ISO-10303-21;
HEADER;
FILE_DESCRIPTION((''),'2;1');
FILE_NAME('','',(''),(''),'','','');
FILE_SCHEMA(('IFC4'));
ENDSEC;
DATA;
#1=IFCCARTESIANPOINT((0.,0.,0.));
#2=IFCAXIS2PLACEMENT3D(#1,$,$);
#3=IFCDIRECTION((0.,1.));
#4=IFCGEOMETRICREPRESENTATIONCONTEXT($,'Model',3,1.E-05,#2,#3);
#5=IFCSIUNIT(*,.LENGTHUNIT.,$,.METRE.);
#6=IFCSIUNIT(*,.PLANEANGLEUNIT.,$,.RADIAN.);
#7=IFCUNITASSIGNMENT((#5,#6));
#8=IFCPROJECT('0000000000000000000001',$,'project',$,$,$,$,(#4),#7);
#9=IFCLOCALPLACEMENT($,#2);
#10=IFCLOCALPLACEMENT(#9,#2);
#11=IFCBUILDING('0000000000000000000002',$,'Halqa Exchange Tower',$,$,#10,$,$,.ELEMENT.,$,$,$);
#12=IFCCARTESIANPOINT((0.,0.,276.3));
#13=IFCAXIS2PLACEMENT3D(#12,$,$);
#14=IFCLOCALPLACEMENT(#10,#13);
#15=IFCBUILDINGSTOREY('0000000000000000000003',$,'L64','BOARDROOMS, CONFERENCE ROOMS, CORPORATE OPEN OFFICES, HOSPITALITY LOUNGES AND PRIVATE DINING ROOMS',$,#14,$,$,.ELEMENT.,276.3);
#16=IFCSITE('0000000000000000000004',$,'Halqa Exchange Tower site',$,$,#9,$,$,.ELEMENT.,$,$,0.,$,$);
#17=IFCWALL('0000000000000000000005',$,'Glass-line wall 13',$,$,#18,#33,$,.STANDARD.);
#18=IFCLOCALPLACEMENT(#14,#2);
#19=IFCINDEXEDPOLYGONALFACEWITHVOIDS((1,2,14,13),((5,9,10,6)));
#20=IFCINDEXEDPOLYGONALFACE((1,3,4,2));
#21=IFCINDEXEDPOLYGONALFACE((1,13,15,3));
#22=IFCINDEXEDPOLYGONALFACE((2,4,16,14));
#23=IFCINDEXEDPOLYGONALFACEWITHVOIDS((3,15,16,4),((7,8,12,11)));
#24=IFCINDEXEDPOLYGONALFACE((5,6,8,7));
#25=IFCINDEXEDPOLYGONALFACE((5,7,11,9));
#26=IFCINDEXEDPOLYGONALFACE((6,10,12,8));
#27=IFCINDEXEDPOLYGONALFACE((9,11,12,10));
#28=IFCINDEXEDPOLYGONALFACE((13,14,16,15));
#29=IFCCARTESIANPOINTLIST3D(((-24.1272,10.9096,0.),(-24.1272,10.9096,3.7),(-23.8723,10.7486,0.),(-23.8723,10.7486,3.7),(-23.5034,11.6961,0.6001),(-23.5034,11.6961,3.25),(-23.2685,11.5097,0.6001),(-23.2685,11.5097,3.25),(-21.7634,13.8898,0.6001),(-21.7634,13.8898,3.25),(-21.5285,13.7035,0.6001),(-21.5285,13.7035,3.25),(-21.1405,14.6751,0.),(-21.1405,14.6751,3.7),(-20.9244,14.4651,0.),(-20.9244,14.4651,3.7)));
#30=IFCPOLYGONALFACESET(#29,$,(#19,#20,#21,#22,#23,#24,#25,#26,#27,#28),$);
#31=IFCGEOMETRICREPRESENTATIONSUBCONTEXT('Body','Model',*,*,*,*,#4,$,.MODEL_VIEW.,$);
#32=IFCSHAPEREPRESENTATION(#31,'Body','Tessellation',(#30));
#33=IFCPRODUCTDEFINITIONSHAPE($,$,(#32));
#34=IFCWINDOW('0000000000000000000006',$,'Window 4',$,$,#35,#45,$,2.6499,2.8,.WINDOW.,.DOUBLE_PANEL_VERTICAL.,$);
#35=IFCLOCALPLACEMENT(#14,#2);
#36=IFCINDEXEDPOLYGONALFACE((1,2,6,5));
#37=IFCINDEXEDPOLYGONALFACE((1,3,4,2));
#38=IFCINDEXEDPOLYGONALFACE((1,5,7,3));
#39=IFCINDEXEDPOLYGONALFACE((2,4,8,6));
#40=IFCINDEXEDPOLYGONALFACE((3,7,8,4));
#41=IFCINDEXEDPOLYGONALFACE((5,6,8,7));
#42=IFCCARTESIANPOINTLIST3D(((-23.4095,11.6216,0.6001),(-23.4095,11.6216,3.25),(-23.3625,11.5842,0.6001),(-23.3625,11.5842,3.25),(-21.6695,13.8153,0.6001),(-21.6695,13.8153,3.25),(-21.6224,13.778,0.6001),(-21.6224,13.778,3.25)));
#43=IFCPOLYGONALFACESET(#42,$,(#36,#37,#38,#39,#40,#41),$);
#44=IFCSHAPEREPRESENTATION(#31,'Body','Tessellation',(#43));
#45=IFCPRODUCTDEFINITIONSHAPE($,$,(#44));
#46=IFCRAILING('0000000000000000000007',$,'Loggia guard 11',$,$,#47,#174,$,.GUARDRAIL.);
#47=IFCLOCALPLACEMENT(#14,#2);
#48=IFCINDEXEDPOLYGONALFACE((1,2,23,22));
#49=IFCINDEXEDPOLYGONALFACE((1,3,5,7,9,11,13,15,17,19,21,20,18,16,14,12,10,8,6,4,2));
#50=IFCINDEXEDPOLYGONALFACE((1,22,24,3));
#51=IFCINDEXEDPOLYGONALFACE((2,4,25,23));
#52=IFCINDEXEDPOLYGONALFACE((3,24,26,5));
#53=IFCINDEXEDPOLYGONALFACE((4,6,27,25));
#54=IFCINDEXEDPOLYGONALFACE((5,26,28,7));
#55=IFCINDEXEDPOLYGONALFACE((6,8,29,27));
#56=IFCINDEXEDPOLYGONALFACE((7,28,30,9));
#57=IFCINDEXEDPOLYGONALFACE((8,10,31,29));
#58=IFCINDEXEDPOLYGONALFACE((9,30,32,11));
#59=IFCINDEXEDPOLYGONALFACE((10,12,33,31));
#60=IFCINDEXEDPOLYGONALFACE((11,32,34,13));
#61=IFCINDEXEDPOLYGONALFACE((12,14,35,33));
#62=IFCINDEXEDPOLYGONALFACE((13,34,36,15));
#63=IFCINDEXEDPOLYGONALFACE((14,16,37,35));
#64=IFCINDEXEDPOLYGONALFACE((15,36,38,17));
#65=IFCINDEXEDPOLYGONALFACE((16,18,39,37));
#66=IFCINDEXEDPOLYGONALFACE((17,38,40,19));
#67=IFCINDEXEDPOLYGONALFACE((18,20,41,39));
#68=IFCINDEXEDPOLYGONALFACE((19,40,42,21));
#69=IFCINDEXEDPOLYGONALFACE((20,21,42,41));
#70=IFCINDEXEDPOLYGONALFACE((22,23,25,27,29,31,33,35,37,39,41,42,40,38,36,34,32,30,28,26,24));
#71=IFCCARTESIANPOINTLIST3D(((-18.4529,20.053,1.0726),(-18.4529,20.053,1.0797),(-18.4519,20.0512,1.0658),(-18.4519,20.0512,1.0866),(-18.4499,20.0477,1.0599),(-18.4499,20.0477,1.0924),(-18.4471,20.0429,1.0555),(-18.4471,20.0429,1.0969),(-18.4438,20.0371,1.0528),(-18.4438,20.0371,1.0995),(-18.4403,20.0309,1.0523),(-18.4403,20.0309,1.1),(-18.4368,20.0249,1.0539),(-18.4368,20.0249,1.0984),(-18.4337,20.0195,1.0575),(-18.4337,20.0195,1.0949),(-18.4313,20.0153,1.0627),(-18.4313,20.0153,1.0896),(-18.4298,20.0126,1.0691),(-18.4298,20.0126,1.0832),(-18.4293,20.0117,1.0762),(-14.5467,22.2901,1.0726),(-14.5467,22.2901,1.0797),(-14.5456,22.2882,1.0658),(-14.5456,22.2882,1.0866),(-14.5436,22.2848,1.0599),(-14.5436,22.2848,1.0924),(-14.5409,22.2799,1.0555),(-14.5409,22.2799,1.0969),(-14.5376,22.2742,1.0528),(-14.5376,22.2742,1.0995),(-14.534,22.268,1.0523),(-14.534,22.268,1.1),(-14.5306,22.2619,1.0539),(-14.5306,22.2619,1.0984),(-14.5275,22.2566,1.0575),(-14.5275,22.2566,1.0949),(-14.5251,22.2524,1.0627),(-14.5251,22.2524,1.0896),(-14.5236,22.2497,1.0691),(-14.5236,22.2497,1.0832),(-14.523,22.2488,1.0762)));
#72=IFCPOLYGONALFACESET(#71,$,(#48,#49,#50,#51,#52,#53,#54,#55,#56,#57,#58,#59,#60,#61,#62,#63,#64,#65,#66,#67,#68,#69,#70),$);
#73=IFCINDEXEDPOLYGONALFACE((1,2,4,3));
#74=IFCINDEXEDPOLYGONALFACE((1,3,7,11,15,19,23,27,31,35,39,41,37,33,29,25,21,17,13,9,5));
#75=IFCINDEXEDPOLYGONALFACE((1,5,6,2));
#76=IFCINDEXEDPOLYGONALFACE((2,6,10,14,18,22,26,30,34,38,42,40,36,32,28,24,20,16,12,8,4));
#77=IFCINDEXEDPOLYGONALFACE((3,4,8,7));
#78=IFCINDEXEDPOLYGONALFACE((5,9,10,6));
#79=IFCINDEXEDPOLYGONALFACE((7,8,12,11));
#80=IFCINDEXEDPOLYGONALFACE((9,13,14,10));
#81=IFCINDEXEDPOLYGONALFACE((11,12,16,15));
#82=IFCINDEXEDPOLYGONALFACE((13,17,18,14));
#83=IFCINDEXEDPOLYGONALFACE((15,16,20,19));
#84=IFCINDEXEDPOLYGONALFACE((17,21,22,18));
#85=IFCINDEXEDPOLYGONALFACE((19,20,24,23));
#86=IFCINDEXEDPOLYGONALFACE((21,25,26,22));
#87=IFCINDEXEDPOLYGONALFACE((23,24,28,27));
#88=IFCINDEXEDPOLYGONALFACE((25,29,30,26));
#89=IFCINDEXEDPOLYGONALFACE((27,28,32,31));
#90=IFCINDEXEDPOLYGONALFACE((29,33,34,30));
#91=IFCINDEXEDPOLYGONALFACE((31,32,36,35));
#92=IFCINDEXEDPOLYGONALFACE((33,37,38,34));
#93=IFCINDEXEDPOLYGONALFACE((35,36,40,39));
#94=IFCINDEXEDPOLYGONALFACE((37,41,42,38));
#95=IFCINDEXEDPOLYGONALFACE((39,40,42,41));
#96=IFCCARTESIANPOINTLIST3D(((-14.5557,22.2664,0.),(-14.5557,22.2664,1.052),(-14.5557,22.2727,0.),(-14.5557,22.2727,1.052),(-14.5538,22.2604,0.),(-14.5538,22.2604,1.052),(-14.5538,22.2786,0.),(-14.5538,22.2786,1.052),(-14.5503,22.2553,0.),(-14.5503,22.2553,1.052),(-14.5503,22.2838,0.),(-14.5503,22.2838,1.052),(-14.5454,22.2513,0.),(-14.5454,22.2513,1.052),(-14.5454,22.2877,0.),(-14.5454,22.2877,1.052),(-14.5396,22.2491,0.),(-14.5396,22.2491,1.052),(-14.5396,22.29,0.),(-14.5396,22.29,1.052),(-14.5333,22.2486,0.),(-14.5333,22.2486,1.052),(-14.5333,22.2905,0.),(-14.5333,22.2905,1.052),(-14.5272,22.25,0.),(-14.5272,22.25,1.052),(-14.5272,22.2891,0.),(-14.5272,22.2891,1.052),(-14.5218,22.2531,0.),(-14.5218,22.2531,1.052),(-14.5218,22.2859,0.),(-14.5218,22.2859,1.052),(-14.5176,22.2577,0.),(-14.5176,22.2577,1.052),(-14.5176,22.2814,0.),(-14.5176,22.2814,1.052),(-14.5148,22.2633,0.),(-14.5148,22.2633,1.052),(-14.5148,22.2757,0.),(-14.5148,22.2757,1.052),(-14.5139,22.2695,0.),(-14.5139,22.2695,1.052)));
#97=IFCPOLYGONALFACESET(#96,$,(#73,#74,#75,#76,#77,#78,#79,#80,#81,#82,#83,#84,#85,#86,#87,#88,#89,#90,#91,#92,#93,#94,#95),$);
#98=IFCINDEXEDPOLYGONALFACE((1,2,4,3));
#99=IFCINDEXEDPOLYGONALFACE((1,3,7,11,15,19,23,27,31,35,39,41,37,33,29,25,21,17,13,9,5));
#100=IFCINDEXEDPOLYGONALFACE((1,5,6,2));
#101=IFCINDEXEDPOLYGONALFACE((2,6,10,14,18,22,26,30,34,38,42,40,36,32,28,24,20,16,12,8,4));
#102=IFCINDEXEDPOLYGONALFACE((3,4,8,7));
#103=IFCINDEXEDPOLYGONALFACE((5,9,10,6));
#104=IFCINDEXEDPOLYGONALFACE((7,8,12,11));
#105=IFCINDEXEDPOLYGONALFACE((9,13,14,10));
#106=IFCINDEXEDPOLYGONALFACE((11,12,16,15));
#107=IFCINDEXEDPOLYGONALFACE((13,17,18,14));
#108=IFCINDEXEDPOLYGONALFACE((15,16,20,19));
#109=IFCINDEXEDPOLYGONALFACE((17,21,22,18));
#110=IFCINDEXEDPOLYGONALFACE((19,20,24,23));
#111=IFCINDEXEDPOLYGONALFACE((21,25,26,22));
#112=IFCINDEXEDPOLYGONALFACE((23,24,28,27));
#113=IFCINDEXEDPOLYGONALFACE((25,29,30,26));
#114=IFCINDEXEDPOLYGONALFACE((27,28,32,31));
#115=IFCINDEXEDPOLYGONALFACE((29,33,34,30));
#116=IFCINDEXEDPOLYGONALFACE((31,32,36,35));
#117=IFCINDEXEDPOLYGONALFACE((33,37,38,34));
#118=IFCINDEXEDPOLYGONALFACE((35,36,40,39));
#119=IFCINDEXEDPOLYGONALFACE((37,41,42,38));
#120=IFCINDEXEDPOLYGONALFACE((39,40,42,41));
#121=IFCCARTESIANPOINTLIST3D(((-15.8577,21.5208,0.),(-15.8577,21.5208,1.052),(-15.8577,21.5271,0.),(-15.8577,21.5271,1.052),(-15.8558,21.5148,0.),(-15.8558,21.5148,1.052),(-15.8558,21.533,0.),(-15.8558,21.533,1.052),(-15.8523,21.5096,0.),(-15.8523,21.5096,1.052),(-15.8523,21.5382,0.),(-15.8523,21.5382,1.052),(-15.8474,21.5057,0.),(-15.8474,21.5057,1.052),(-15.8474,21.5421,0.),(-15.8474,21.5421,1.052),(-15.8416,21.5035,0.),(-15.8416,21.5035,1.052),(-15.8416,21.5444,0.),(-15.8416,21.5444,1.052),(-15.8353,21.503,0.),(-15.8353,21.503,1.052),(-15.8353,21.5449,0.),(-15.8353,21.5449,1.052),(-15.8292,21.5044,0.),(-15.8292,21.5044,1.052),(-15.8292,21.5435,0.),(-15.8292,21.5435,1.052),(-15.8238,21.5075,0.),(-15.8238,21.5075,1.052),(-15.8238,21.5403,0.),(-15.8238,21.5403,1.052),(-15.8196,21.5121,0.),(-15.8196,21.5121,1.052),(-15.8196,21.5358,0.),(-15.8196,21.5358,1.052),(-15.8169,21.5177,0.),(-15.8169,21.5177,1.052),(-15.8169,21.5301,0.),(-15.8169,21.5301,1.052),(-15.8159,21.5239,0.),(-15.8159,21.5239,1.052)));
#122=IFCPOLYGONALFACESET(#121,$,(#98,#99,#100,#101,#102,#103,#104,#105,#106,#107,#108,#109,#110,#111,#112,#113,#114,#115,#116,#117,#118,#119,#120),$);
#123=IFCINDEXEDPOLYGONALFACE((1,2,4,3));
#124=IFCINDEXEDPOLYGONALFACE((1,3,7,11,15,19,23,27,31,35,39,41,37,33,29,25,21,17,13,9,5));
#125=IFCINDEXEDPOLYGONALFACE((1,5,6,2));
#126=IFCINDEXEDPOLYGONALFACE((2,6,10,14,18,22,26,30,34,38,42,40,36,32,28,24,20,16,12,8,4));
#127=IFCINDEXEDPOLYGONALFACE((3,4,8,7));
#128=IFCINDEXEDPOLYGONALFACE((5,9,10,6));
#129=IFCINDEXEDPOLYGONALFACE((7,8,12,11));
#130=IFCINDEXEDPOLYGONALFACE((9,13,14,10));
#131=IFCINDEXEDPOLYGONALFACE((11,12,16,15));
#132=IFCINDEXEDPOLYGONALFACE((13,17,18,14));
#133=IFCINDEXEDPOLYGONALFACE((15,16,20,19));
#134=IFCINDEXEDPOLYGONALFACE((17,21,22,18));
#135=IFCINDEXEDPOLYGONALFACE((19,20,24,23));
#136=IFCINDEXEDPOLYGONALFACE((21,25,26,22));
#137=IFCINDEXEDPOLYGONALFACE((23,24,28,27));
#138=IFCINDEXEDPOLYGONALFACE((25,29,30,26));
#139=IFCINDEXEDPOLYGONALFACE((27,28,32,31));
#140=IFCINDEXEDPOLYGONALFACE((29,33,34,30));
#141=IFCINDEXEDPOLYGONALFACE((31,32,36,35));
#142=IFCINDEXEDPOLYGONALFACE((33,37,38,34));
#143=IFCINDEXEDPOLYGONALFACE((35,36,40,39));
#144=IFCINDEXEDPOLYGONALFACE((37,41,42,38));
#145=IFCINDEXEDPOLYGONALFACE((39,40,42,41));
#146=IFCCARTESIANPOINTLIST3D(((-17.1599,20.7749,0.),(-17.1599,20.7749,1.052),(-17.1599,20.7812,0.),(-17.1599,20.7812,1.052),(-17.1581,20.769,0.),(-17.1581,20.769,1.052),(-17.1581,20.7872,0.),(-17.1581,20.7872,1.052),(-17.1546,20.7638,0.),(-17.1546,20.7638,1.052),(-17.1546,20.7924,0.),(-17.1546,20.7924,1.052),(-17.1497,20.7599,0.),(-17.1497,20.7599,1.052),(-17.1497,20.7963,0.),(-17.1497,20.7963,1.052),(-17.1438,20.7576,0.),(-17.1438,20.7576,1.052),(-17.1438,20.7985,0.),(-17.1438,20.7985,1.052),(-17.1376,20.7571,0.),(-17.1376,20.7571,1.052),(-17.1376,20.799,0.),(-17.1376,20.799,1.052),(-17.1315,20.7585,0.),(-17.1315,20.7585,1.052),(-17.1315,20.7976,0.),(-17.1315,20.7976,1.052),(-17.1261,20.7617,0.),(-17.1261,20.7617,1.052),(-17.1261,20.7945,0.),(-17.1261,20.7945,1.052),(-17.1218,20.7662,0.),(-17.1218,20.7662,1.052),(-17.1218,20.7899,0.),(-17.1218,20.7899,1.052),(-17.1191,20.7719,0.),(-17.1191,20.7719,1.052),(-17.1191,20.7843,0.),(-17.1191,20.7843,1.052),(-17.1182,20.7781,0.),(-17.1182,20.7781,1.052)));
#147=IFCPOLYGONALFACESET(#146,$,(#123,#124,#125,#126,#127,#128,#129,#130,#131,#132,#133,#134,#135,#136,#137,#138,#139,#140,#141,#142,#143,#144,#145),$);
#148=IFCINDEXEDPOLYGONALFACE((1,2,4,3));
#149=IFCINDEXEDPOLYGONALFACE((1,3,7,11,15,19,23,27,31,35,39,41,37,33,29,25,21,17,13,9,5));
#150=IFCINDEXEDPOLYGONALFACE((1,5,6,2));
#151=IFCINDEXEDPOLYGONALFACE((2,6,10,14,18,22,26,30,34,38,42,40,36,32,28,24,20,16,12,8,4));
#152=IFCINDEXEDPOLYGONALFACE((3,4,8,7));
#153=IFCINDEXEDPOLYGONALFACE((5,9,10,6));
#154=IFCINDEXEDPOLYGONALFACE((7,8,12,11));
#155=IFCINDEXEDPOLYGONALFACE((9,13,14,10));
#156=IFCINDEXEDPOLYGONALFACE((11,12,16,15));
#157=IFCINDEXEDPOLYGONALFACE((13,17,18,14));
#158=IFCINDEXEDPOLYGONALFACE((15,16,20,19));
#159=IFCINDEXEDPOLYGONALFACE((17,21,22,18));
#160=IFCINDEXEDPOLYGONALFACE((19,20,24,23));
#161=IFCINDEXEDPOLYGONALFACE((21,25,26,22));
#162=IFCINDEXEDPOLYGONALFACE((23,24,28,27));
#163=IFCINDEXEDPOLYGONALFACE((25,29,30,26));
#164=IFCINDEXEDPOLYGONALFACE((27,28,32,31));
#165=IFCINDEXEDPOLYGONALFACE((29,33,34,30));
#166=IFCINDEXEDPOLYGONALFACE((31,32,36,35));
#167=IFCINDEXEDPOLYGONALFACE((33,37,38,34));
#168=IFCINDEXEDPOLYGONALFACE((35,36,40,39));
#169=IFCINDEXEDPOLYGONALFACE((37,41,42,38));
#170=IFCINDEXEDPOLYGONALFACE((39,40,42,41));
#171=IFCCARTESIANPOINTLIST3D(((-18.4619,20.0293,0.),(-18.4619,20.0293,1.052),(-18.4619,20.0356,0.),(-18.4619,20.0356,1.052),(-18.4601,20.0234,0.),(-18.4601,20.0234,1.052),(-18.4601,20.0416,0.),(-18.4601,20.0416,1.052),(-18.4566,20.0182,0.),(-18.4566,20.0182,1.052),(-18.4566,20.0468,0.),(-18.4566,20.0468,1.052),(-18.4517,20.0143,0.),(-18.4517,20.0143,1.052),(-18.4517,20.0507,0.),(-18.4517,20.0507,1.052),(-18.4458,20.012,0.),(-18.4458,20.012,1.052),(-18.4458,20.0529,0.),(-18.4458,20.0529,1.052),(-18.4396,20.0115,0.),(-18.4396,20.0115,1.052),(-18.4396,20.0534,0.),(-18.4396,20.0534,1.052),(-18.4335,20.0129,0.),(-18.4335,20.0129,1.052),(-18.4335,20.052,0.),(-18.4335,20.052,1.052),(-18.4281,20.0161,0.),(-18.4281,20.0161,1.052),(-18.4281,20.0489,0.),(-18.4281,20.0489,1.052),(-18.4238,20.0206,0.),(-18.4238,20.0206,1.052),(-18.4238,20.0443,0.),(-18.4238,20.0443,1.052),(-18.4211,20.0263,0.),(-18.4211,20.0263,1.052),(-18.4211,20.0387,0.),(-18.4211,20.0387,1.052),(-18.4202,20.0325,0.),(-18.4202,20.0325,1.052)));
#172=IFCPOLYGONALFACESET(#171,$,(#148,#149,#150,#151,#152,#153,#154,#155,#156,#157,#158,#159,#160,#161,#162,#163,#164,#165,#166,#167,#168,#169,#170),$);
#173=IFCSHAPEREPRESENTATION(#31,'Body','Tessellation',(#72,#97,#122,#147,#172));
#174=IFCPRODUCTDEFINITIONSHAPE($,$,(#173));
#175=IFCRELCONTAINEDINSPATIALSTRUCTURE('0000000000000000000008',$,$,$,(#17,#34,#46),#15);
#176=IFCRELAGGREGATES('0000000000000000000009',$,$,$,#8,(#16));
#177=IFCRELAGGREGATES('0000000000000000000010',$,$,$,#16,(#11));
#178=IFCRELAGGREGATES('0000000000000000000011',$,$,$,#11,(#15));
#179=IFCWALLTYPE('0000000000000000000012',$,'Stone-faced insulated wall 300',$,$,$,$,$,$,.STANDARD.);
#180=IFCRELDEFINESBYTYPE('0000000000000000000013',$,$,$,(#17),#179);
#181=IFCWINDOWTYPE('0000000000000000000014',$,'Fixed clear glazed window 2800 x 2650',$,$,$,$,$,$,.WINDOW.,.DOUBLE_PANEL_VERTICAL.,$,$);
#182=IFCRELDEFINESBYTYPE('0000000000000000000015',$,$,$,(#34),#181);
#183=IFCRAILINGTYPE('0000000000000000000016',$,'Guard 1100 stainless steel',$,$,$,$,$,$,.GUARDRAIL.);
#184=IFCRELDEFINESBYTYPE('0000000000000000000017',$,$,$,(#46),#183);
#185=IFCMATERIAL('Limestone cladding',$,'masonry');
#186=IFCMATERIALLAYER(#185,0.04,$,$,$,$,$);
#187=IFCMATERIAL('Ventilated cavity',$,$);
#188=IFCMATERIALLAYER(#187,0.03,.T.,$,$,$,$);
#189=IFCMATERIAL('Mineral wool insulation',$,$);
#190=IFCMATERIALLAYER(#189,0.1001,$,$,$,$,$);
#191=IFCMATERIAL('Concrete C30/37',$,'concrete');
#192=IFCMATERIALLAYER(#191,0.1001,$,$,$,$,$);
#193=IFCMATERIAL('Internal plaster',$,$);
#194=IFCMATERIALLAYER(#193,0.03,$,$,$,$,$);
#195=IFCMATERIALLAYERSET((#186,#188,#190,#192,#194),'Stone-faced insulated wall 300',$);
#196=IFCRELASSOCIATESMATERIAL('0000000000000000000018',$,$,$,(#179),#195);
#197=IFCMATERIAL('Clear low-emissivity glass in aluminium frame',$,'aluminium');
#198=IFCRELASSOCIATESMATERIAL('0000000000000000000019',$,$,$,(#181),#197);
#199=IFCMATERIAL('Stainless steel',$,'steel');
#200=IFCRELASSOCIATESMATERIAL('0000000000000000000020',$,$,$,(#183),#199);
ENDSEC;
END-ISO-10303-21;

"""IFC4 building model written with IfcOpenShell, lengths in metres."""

from ifc_helpers import new_model, si_unit, direction, frame, frame_2d, origin, origin_2d, place, context, subcontext, project, spatial, polyline, rectangle, circle, outline, extrude, material, layer, layer_set, type_object, element, fill, save


model = new_model("IFC4")

# Units and contexts
model_context = context("Model", 3, precision=1e-05, world=origin(), true_north=direction((0.0, 1.0)))
body_context = subcontext(model_context, "Body", "Model", "MODEL_VIEW")
ifc_project = project(units=[si_unit("LENGTHUNIT", "METRE"), si_unit("PLANEANGLEUNIT", "RADIAN")], contexts=[model_context])

# Site, building, storey
site_placement = place(None, origin())
site = spatial("IfcSite", under=ifc_project, at=site_placement, Name="Halqa Exchange Tower site", CompositionType="ELEMENT", RefElevation=0.0)
building_placement = place(site_placement, origin())
building = spatial("IfcBuilding", under=site, at=building_placement, Name="Halqa Exchange Tower", CompositionType="ELEMENT")
storey_placement = place(building_placement, frame((0.0, 0.0, 276.3)))
storey = spatial("IfcBuildingStorey", under=building, at=storey_placement, Name="L64", Description="BOARDROOMS, CONFERENCE ROOMS, CORPORATE OPEN OFFICES, HOSPITALITY LOUNGES AND PRIVATE DINING ROOMS", CompositionType="ELEMENT", Elevation=276.3)

# Shared definitions
ifc_material_1 = material(Name="Limestone cladding", Category="masonry")
ifc_layer_1 = layer(ifc_material_1, 0.04)
ifc_material_2 = material(Name="Ventilated cavity")
ifc_layer_2 = layer(ifc_material_2, 0.03, ventilated=True)
ifc_material_3 = material(Name="Mineral wool insulation")
ifc_layer_3 = layer(ifc_material_3, 0.1001)
ifc_material_4 = material(Name="Concrete C30/37", Category="concrete")
ifc_layer_4 = layer(ifc_material_4, 0.1001)
ifc_material_5 = material(Name="Internal plaster")
ifc_layer_5 = layer(ifc_material_5, 0.03)
ifc_layer_set_1 = layer_set([ifc_layer_1, ifc_layer_2, ifc_layer_3, ifc_layer_4, ifc_layer_5], Name="Stone-faced insulated wall 300")
wall_type_1 = type_object("IfcWallType", Name="Stone-faced insulated wall 300", PredefinedType="STANDARD", material=ifc_layer_set_1)
ifc_material_6 = material(Name="Clear low-emissivity glass in aluminium frame", Category="aluminium")
window_type = type_object("IfcWindowType", Name="Fixed clear glazed window 2800 x 2650", PartitioningType="DOUBLE_PANEL_VERTICAL", PredefinedType="WINDOW", material=ifc_material_6)

# Wall, opening, window
wall_1_placement = place(storey_placement, frame((-21.0325, 14.5701, 0.0), z_axis=(0.0, 0.0, 1.0), x_axis=(-0.621435, -0.783466, 0.0)))
wall_1 = element("IfcWall", 1, at=wall_1_placement, inside=storey, type_object=wall_type_1, Name="Glass-line wall 13", PredefinedType="STANDARD", context=body_context, shape_type="SweptSolid", body=[
    extrude(outline(polyline([(-0.0151, -0.1499), (4.791, -0.1499), (4.7588, 0.1499), (0.0151, 0.1499), (-0.0151, -0.1499)])), origin(), (0.0, 0.0, 1.0), 3.7),
])
opening_1_placement = place(wall_1_placement, frame((0.9873, 0.0, 0.6001)))
opening_1 = element("IfcOpeningElement", 2, at=opening_1_placement, cuts=wall_1, PredefinedType="OPENING", context=body_context, shape_type="SweptSolid", body=[
    extrude(rectangle(XDim=2.8, YDim=2.6499, at=frame_2d((1.3999, 1.325))), frame((0.0, 0.1621, 0.0), z_axis=(0.0, -1.0, 0.0), x_axis=(1.0, 0.0, 0.0)), (0.0, 0.0, 1.0), 0.324),
])
window_1_placement = place(opening_1_placement, origin())
window_1 = element("IfcWindow", 3, at=window_1_placement, inside=storey, type_object=window_type, Name="Window 4", OverallHeight=2.6499, OverallWidth=2.8, PartitioningType="DOUBLE_PANEL_VERTICAL", PredefinedType="WINDOW", context=body_context, shape_type="SweptSolid", body=[
    extrude(rectangle(XDim=2.8, YDim=2.6499, at=frame_2d((1.3999, 1.325))), frame((0.0, 0.03, 0.0), z_axis=(0.0, -1.0, 0.0), x_axis=(1.0, 0.0, 0.0)), (0.0, 0.0, 1.0), 0.0601),
])
fill(opening_1, window_1)

# Railing
ifc_material_7 = material(Name="Stainless steel", Category="steel")
railing_type = type_object("IfcRailingType", Name="Guard 1100 stainless steel", PredefinedType="GUARDRAIL", material=ifc_material_7)
railing_1_placement = place(storey_placement, frame((-14.5349, 22.2695, 0.0)))
element("IfcRailing", 4, at=railing_1_placement, inside=storey, type_object=railing_type, Name="Loggia guard 11", PredefinedType="GUARDRAIL", context=body_context, shape_type="SweptSolid", body=[
    extrude(circle(Radius=0.0239, at=origin_2d()), frame((0.0, 0.0, 1.0762), z_axis=(-0.867772, -0.496962, 0.0), x_axis=(0.496962, -0.867772, 0.0)), (0.0, 0.0, 1.0), 4.5015),
    extrude(circle(Radius=0.021, at=origin_2d()), origin(), (0.0, 0.0, 1.0), 1.052),
    extrude(circle(Radius=0.021, at=origin_2d()), frame((-1.302, -0.7456, 0.0)), (0.0, 0.0, 1.0), 1.052),
    extrude(circle(Radius=0.021, at=origin_2d()), frame((-2.6042, -1.4915, 0.0)), (0.0, 0.0, 1.0), 1.052),
    extrude(circle(Radius=0.021, at=origin_2d()), frame((-3.9062, -2.2371, 0.0)), (0.0, 0.0, 1.0), 1.052),
])

save(model, "model.ifc")
